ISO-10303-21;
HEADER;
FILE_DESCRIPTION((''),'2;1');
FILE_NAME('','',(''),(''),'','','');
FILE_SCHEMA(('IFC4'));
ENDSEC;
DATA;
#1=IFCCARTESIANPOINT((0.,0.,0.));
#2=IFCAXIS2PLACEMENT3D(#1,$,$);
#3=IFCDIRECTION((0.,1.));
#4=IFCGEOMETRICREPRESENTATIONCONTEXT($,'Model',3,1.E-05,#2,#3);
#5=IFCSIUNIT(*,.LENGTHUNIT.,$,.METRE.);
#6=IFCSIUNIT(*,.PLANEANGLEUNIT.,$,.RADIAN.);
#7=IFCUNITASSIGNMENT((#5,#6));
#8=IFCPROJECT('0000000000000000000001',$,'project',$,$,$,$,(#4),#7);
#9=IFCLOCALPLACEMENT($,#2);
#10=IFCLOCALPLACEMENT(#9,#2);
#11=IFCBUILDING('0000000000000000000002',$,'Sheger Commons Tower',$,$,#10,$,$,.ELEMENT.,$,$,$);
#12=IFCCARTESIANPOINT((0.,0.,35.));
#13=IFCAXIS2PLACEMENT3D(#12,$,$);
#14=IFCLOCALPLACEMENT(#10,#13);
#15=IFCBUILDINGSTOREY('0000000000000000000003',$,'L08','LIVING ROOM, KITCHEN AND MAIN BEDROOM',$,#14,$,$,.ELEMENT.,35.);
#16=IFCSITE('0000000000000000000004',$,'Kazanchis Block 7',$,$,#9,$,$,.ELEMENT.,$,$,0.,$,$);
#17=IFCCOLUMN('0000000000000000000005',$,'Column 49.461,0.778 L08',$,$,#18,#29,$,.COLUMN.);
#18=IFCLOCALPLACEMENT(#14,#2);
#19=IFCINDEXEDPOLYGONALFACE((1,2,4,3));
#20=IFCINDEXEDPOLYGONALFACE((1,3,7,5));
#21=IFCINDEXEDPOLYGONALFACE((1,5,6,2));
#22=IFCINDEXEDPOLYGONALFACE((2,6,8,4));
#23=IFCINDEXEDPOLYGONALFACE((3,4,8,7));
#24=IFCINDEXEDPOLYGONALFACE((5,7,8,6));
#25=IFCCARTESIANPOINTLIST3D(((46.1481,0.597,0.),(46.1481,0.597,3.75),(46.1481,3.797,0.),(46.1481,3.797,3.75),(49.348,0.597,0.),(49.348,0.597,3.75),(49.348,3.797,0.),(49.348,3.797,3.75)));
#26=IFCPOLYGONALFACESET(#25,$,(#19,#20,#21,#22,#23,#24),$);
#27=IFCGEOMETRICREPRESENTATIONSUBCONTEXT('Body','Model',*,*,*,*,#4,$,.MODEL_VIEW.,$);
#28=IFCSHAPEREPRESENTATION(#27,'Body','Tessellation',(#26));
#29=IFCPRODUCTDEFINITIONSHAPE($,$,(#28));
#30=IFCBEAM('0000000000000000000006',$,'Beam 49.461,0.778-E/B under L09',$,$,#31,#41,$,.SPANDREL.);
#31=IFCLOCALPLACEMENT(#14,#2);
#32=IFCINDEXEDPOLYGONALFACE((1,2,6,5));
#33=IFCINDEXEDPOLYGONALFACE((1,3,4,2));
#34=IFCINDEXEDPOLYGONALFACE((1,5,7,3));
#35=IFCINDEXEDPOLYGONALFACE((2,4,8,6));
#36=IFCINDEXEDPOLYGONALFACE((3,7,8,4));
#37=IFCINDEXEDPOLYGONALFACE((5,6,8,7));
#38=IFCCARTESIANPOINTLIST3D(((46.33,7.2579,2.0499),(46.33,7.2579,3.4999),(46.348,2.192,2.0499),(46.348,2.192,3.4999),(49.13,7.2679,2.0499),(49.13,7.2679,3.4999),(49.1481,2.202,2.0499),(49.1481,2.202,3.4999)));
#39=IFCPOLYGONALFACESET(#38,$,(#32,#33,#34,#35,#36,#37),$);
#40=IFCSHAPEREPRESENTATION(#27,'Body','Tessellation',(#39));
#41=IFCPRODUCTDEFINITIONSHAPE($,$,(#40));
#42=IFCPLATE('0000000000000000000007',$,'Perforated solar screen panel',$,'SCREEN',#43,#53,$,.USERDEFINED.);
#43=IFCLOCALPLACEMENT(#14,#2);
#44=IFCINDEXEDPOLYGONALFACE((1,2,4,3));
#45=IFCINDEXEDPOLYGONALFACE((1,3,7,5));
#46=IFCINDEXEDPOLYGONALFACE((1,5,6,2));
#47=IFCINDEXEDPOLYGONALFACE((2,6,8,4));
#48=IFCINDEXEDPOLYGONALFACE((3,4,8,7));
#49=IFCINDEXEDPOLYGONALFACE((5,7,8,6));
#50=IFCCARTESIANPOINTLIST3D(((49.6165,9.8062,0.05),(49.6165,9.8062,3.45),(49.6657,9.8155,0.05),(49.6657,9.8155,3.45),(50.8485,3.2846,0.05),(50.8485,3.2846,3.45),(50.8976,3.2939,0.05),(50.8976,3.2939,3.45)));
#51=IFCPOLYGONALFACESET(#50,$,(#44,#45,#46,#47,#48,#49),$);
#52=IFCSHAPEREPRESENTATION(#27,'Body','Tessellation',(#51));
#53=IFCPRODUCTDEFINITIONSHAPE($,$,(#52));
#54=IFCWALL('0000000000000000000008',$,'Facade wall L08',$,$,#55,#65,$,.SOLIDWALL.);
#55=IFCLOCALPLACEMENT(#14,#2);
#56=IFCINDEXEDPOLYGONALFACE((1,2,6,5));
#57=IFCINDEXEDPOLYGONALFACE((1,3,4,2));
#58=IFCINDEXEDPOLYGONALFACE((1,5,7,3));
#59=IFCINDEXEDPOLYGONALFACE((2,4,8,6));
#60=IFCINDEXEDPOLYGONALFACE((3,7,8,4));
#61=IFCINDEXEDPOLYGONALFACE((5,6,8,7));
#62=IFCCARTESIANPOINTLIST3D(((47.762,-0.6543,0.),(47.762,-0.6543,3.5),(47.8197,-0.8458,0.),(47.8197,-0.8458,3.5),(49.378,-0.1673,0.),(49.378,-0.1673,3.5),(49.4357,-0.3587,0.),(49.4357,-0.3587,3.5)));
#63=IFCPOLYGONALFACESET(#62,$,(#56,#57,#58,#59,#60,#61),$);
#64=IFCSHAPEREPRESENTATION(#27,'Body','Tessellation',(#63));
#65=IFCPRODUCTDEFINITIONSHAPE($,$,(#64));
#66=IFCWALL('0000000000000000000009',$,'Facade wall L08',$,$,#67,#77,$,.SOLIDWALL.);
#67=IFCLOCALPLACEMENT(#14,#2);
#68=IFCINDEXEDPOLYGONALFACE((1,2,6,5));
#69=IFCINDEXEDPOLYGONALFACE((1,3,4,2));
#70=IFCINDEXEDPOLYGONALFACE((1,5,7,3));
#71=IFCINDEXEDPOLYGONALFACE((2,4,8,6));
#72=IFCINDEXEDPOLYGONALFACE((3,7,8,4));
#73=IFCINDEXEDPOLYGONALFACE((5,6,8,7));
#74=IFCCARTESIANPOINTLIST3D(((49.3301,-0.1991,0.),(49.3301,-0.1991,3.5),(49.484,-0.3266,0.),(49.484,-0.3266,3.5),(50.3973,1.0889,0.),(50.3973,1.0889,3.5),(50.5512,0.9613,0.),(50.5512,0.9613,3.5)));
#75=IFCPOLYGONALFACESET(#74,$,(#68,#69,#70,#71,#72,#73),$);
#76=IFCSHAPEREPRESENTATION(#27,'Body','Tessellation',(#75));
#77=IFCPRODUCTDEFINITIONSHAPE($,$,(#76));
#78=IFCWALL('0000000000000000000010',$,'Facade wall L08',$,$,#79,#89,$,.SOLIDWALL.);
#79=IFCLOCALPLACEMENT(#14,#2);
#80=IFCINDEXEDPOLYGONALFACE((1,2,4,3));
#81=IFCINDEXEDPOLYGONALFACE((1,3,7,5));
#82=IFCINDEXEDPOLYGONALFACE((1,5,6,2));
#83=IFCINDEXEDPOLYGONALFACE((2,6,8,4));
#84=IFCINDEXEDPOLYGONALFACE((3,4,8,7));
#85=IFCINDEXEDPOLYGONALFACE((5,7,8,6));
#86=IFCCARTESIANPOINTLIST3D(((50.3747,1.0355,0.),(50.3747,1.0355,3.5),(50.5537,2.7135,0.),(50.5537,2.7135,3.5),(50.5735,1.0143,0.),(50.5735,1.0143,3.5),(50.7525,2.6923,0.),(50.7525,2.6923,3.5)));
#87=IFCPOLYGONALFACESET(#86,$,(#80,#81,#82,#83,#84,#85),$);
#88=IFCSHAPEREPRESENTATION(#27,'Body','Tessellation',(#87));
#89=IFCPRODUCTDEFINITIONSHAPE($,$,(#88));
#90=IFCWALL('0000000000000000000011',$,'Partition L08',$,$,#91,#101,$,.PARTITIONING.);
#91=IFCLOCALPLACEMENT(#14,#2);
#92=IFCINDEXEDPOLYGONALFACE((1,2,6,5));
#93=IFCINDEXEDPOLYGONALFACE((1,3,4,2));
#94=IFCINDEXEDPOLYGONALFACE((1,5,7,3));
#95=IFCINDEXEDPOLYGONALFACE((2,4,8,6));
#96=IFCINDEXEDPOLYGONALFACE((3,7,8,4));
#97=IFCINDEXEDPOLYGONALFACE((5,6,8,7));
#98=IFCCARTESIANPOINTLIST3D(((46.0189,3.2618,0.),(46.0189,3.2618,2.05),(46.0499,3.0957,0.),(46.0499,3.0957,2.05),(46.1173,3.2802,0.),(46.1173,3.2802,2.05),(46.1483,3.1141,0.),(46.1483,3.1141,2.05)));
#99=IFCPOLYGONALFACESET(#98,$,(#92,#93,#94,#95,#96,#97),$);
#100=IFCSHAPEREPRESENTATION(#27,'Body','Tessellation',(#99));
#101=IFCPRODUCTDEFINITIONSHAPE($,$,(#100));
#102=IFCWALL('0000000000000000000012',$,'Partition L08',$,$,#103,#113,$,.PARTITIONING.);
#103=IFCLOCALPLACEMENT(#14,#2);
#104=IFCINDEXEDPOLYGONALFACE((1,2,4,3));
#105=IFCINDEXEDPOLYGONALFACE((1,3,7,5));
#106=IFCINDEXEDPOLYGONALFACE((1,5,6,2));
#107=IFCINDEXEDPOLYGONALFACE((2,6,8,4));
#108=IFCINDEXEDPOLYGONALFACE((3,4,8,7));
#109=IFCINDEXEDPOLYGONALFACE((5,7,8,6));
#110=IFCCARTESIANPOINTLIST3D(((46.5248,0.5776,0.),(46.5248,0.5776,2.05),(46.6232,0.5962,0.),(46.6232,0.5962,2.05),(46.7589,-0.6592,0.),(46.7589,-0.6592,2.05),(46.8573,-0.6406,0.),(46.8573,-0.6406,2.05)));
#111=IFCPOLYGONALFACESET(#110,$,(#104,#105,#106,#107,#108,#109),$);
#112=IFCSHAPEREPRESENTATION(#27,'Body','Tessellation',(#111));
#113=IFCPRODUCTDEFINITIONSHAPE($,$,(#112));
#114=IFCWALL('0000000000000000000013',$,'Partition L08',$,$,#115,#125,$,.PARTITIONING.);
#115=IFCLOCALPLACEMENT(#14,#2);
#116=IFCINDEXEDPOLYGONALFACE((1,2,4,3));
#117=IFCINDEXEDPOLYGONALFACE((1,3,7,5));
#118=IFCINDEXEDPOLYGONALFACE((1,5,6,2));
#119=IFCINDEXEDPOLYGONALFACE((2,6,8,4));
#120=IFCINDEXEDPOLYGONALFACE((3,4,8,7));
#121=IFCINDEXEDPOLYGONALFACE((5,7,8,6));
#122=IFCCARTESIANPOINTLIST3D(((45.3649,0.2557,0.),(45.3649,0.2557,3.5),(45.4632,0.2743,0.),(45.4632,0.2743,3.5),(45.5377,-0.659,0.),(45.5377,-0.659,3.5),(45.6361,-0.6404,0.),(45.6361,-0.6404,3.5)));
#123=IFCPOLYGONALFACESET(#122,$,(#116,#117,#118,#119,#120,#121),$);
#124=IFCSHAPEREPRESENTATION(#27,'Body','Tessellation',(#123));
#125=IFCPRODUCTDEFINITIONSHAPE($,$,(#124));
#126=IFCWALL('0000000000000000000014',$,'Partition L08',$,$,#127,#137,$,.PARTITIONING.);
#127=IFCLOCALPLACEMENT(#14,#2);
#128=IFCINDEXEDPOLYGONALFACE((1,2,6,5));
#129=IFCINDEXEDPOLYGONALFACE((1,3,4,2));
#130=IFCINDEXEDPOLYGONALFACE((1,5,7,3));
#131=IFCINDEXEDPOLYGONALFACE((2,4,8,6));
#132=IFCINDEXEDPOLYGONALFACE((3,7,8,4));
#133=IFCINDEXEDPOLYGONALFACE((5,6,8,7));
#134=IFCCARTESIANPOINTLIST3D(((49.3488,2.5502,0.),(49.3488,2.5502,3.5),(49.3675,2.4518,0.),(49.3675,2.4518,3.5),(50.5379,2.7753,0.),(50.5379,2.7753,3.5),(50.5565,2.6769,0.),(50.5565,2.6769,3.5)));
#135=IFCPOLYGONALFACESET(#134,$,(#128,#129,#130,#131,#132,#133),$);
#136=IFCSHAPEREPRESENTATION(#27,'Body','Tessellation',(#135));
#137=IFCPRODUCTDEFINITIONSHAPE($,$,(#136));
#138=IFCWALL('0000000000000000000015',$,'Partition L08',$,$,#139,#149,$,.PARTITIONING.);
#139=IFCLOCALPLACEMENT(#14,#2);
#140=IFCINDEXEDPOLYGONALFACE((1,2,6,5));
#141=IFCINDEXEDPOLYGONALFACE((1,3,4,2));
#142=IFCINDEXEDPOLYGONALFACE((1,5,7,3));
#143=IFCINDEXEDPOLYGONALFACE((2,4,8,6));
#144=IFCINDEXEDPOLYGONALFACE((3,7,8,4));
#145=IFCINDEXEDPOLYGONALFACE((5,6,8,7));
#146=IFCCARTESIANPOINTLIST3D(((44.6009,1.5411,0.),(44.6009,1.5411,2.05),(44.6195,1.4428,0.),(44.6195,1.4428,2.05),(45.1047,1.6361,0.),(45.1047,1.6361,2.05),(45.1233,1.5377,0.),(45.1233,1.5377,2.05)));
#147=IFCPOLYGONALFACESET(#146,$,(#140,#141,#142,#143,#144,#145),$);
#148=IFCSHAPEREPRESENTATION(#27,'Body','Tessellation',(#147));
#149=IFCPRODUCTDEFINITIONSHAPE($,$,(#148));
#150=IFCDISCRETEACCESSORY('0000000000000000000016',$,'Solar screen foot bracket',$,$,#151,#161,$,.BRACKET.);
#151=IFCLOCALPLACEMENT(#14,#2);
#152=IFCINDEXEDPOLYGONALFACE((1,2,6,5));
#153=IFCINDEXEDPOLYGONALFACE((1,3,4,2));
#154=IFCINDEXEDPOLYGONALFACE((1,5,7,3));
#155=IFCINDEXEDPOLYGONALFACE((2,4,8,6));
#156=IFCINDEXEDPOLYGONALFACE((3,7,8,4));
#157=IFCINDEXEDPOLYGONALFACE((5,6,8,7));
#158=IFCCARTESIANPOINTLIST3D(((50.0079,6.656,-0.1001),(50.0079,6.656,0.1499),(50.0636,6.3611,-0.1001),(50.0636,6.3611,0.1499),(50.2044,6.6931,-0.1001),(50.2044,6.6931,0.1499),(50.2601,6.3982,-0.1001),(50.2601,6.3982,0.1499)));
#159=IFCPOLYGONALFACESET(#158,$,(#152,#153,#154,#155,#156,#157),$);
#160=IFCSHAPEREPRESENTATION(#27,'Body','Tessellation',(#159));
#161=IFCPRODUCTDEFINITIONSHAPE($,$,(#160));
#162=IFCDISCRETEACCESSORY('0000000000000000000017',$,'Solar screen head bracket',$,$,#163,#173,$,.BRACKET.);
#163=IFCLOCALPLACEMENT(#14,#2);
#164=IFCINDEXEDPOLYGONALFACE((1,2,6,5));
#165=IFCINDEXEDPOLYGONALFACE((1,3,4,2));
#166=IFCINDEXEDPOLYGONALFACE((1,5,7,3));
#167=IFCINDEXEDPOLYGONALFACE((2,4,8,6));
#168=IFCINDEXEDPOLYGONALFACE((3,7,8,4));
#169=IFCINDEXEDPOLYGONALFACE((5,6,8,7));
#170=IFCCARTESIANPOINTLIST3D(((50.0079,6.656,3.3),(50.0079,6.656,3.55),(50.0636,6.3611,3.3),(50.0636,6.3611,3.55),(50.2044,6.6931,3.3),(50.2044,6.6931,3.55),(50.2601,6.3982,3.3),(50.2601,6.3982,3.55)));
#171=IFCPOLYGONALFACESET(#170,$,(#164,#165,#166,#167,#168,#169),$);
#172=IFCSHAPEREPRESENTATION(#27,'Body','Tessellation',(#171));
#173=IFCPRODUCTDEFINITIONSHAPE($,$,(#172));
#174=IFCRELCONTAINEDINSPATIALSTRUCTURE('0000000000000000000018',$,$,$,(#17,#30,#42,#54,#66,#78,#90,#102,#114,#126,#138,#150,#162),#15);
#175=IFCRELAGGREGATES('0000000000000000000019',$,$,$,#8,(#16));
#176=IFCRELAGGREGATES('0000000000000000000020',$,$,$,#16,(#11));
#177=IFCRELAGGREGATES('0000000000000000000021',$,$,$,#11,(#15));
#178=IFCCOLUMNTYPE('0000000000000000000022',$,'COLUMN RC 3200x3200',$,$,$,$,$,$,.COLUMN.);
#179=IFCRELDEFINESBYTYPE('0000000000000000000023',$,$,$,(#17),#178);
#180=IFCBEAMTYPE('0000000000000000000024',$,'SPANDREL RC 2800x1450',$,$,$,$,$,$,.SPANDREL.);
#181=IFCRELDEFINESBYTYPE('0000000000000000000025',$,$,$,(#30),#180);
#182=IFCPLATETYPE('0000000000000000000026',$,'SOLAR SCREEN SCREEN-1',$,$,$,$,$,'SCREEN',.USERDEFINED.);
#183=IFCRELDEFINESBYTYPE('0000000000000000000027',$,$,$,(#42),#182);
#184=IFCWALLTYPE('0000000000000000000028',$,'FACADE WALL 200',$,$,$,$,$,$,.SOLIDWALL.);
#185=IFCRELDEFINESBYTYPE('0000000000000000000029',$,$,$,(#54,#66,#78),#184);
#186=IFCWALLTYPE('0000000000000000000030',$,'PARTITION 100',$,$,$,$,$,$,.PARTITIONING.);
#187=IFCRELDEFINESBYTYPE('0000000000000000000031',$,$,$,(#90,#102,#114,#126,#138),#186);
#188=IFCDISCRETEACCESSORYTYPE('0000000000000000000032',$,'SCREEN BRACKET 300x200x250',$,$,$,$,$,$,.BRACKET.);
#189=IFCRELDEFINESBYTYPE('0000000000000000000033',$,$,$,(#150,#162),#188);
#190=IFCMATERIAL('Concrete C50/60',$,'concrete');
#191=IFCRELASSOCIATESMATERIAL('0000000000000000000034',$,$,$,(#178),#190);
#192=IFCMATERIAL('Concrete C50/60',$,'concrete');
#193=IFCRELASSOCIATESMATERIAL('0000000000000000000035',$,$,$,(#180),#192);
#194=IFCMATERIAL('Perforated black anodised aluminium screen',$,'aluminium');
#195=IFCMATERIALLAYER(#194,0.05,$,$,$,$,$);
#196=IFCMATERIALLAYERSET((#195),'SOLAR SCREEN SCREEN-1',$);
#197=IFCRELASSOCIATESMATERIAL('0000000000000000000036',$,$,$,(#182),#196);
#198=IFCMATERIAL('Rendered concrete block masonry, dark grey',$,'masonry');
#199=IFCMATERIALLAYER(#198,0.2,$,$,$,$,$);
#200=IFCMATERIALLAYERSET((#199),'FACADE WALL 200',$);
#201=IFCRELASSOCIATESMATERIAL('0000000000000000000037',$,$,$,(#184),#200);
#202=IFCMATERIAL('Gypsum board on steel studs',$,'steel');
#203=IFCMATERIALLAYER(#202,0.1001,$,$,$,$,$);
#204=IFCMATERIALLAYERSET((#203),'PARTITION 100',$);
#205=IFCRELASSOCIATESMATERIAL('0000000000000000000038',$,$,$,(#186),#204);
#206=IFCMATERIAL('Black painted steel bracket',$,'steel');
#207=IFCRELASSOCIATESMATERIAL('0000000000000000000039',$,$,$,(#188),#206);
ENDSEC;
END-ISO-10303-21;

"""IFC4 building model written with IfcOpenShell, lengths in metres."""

from ifc_helpers import new_model, si_unit, direction, frame, frame_2d, origin, origin_2d, place, context, subcontext, project, spatial, rectangle, extrude, material, layer, layer_set, material_profile, profile_set, type_object, element, save


model = new_model("IFC4")

# Units and contexts
model_context = context("Model", 3, precision=1e-05, world=origin(), true_north=direction((0.0, 1.0)))
body_context = subcontext(model_context, "Body", "Model", "MODEL_VIEW")
ifc_project = project(units=[si_unit("LENGTHUNIT", "METRE"), si_unit("PLANEANGLEUNIT", "RADIAN")], contexts=[model_context])

# Site, building, storey
site_placement = place(None, origin())
site = spatial("IfcSite", under=ifc_project, at=site_placement, Name="Kazanchis Block 7", CompositionType="ELEMENT", RefElevation=0.0)
building_placement = place(site_placement, origin())
building = spatial("IfcBuilding", under=site, at=building_placement, Name="Sheger Commons Tower", CompositionType="ELEMENT")
storey_placement = place(building_placement, frame((0.0, 0.0, 35.0)))
storey = spatial("IfcBuildingStorey", under=building, at=storey_placement, Name="L08", Description="LIVING ROOM, KITCHEN AND MAIN BEDROOM", CompositionType="ELEMENT", Elevation=35.0)

# Column
ifc_material_1 = material(Name="Concrete C50/60", Category="concrete")
ifc_material_profile_1 = material_profile(ifc_material_1, rectangle(XDim=3.2, YDim=3.2, at=origin_2d()), Name="RC 3200x3200")
ifc_profile_set_1 = profile_set([ifc_material_profile_1], Name="Concrete C50/60")
column_type = type_object("IfcColumnType", Name="COLUMN RC 3200x3200", PredefinedType="COLUMN", material=ifc_profile_set_1)
column_placement = place(storey_placement, frame((47.748, 2.197, 0.0), z_axis=(0.0, 0.0, 1.0), x_axis=(1.0, 0.0, 0.0)))
element("IfcColumn", 1, at=column_placement, inside=storey, type_object=column_type, Name="Column 49.461,0.778 L08", PredefinedType="COLUMN", context=body_context, shape_type="SweptSolid", body=[
    extrude(rectangle(XDim=3.2, YDim=3.2, at=origin_2d()), origin(), (0.0, 0.0, 1.0), 3.75),
])

# Beam
ifc_material_2 = material(Name="Concrete C50/60", Category="concrete")
ifc_material_profile_2 = material_profile(ifc_material_2, rectangle(XDim=2.8, YDim=1.45, at=origin_2d()), Name="RC 2800x1450")
ifc_profile_set_2 = profile_set([ifc_material_profile_2], Name="Concrete C50/60")
beam_type = type_object("IfcBeamType", Name="SPANDREL RC 2800x1450", PredefinedType="SPANDREL", material=ifc_profile_set_2)
beam_placement = place(storey_placement, frame((47.748, 2.197, 2.7749), z_axis=(-0.003566, 0.999994, 0.0), x_axis=(-0.999994, -0.003566, 0.0)))
element("IfcBeam", 2, at=beam_placement, inside=storey, type_object=beam_type, Name="Beam 49.461,0.778-E/B under L09", PredefinedType="SPANDREL", context=body_context, shape_type="SweptSolid", body=[
    extrude(rectangle(XDim=2.8, YDim=1.45, at=origin_2d()), origin(), (0.0, 0.0, 1.0), 5.0659),
])

# Plate
ifc_material_3 = material(Name="Perforated black anodised aluminium screen", Category="aluminium")
ifc_layer_1 = layer(ifc_material_3, 0.05)
ifc_layer_set_1 = layer_set([ifc_layer_1], Name="SOLAR SCREEN SCREEN-1")
plate_type = type_object("IfcPlateType", Name="SOLAR SCREEN SCREEN-1", ElementType="SCREEN", PredefinedType="USERDEFINED", material=ifc_layer_set_1)
plate_placement = place(storey_placement, frame((50.2571, 6.55, 0.05), z_axis=(0.0, 0.0, 1.0), x_axis=(-0.185615, 0.982623, 0.0)))
element("IfcPlate", 3, at=plate_placement, inside=storey, type_object=plate_type, Name="Perforated solar screen panel", ObjectType="SCREEN", PredefinedType="USERDEFINED", context=body_context, shape_type="SweptSolid", body=[
    extrude(rectangle(XDim=6.637, YDim=0.05, at=origin_2d()), origin(), (0.0, 0.0, 1.0), 3.3999),
])

# Walls
ifc_material_4 = material(Name="Rendered concrete block masonry, dark grey", Category="masonry")
ifc_layer_2 = layer(ifc_material_4, 0.2)
ifc_layer_set_2 = layer_set([ifc_layer_2], Name="FACADE WALL 200")
wall_type_1 = type_object("IfcWallType", Name="FACADE WALL 200", PredefinedType="SOLIDWALL", material=ifc_layer_set_2)
wall_1_placement = place(storey_placement, frame((47.791, -0.75, 0.0), z_axis=(0.0, 0.0, 1.0), x_axis=(0.957455, 0.288582, 0.0)))
element("IfcWall", 4, at=wall_1_placement, inside=storey, type_object=wall_type_1, Name="Facade wall L08", PredefinedType="SOLIDWALL", context=body_context, shape_type="SweptSolid", body=[
    extrude(rectangle(XDim=1.6877, YDim=0.2, at=frame_2d((0.8438, 0.0))), origin(), (0.0, 0.0, 1.0), 3.5),
])
wall_2_placement = place(storey_placement, frame((49.407, -0.2629, 0.0), z_axis=(0.0, 0.0, 1.0), x_axis=(0.638043, 0.770001, 0.0)))
element("IfcWall", 5, at=wall_2_placement, inside=storey, type_object=wall_type_1, Name="Facade wall L08", PredefinedType="SOLIDWALL", context=body_context, shape_type="SweptSolid", body=[
    extrude(rectangle(XDim=1.6726, YDim=0.2, at=frame_2d((0.8364, 0.0))), origin(), (0.0, 0.0, 1.0), 3.5),
])
wall_3_placement = place(storey_placement, frame((50.4741, 1.0249, 0.0), z_axis=(0.0, 0.0, 1.0), x_axis=(0.106048, 0.994361, 0.0)))
element("IfcWall", 6, at=wall_3_placement, inside=storey, type_object=wall_type_1, Name="Facade wall L08", PredefinedType="SOLIDWALL", context=body_context, shape_type="SweptSolid", body=[
    extrude(rectangle(XDim=1.6875, YDim=0.2, at=frame_2d((0.8438, 0.0))), origin(), (0.0, 0.0, 1.0), 3.5),
])

# Walls
ifc_material_5 = material(Name="Gypsum board on steel studs", Category="steel")
ifc_layer_3 = layer(ifc_material_5, 0.1001)
ifc_layer_set_3 = layer_set([ifc_layer_3], Name="PARTITION 100")
wall_type_2 = type_object("IfcWallType", Name="PARTITION 100", PredefinedType="PARTITIONING", material=ifc_layer_set_3)
wall_4_placement = place(storey_placement, frame((46.0681, 3.271, 0.0), z_axis=(0.0, 0.0, 1.0), x_axis=(0.18359, -0.983003, 0.0)))
element("IfcWall", 7, at=wall_4_placement, inside=storey, type_object=wall_type_2, Name="Partition L08", PredefinedType="PARTITIONING", context=body_context, shape_type="SweptSolid", body=[
    extrude(rectangle(XDim=0.1689, YDim=0.1001, at=frame_2d((0.0845, 0.0))), origin(), (0.0, 0.0, 1.0), 2.05),
])
wall_5_placement = place(storey_placement, frame((46.574, 0.5869, 0.0), z_axis=(0.0, 0.0, 1.0), x_axis=(0.185998, -0.98255, 0.0)))
element("IfcWall", 8, at=wall_5_placement, inside=storey, type_object=wall_type_2, Name="Partition L08", PredefinedType="PARTITIONING", context=body_context, shape_type="SweptSolid", body=[
    extrude(rectangle(XDim=1.2588, YDim=0.1001, at=frame_2d((0.6294, 0.0))), origin(), (0.0, 0.0, 1.0), 2.05),
])
wall_6_placement = place(storey_placement, frame((45.4141, 0.2649, 0.0), z_axis=(0.0, 0.0, 1.0), x_axis=(0.185666, -0.982613, 0.0)))
element("IfcWall", 9, at=wall_6_placement, inside=storey, type_object=wall_type_2, Name="Partition L08", PredefinedType="PARTITIONING", context=body_context, shape_type="SweptSolid", body=[
    extrude(rectangle(XDim=0.9309, YDim=0.1001, at=frame_2d((0.4653, 0.0))), origin(), (0.0, 0.0, 1.0), 3.5),
])
wall_7_placement = place(storey_placement, frame((50.5471, 2.7261, 0.0), z_axis=(0.0, 0.0, 1.0), x_axis=(-0.982553, -0.185981, 0.0)))
element("IfcWall", 10, at=wall_7_placement, inside=storey, type_object=wall_type_2, Name="Partition L08", PredefinedType="PARTITIONING", context=body_context, shape_type="SweptSolid", body=[
    extrude(rectangle(XDim=1.2102, YDim=0.1001, at=frame_2d((0.605, 0.0))), origin(), (0.0, 0.0, 1.0), 3.5),
])
wall_8_placement = place(storey_placement, frame((45.114, 1.5869, 0.0), z_axis=(0.0, 0.0, 1.0), x_axis=(-0.982699, -0.185208, 0.0)))
element("IfcWall", 11, at=wall_8_placement, inside=storey, type_object=wall_type_2, Name="Partition L08", PredefinedType="PARTITIONING", context=body_context, shape_type="SweptSolid", body=[
    extrude(rectangle(XDim=0.5127, YDim=0.1001, at=frame_2d((0.2563, 0.0))), origin(), (0.0, 0.0, 1.0), 2.05),
])

# Discrete accessories
ifc_material_6 = material(Name="Black painted steel bracket", Category="steel")
discrete_accessory_type = type_object("IfcDiscreteAccessoryType", Name="SCREEN BRACKET 300x200x250", PredefinedType="BRACKET", material=ifc_material_6)
for number, where, z_axis, x_axis, name in (
    (12, (50.134, 6.5271, -0.1001), (0.0, 0.0, 1.0), (-0.185615, 0.982623, 0.0), "Solar screen foot bracket"),
    (13, (50.134, 6.5271, 3.3), (0.0, 0.0, 1.0), (-0.185615, 0.982623, 0.0), "Solar screen head bracket"),
):
    element("IfcDiscreteAccessory", number, at=place(storey_placement, frame(where, z_axis=z_axis, x_axis=x_axis)), inside=storey, type_object=discrete_accessory_type, Name=name, PredefinedType="BRACKET", context=body_context, shape_type="SweptSolid", body=[
        extrude(rectangle(XDim=0.3, YDim=0.2, at=origin_2d()), origin(), (0.0, 0.0, 1.0), 0.25),
    ])

save(model, "model.ifc")
